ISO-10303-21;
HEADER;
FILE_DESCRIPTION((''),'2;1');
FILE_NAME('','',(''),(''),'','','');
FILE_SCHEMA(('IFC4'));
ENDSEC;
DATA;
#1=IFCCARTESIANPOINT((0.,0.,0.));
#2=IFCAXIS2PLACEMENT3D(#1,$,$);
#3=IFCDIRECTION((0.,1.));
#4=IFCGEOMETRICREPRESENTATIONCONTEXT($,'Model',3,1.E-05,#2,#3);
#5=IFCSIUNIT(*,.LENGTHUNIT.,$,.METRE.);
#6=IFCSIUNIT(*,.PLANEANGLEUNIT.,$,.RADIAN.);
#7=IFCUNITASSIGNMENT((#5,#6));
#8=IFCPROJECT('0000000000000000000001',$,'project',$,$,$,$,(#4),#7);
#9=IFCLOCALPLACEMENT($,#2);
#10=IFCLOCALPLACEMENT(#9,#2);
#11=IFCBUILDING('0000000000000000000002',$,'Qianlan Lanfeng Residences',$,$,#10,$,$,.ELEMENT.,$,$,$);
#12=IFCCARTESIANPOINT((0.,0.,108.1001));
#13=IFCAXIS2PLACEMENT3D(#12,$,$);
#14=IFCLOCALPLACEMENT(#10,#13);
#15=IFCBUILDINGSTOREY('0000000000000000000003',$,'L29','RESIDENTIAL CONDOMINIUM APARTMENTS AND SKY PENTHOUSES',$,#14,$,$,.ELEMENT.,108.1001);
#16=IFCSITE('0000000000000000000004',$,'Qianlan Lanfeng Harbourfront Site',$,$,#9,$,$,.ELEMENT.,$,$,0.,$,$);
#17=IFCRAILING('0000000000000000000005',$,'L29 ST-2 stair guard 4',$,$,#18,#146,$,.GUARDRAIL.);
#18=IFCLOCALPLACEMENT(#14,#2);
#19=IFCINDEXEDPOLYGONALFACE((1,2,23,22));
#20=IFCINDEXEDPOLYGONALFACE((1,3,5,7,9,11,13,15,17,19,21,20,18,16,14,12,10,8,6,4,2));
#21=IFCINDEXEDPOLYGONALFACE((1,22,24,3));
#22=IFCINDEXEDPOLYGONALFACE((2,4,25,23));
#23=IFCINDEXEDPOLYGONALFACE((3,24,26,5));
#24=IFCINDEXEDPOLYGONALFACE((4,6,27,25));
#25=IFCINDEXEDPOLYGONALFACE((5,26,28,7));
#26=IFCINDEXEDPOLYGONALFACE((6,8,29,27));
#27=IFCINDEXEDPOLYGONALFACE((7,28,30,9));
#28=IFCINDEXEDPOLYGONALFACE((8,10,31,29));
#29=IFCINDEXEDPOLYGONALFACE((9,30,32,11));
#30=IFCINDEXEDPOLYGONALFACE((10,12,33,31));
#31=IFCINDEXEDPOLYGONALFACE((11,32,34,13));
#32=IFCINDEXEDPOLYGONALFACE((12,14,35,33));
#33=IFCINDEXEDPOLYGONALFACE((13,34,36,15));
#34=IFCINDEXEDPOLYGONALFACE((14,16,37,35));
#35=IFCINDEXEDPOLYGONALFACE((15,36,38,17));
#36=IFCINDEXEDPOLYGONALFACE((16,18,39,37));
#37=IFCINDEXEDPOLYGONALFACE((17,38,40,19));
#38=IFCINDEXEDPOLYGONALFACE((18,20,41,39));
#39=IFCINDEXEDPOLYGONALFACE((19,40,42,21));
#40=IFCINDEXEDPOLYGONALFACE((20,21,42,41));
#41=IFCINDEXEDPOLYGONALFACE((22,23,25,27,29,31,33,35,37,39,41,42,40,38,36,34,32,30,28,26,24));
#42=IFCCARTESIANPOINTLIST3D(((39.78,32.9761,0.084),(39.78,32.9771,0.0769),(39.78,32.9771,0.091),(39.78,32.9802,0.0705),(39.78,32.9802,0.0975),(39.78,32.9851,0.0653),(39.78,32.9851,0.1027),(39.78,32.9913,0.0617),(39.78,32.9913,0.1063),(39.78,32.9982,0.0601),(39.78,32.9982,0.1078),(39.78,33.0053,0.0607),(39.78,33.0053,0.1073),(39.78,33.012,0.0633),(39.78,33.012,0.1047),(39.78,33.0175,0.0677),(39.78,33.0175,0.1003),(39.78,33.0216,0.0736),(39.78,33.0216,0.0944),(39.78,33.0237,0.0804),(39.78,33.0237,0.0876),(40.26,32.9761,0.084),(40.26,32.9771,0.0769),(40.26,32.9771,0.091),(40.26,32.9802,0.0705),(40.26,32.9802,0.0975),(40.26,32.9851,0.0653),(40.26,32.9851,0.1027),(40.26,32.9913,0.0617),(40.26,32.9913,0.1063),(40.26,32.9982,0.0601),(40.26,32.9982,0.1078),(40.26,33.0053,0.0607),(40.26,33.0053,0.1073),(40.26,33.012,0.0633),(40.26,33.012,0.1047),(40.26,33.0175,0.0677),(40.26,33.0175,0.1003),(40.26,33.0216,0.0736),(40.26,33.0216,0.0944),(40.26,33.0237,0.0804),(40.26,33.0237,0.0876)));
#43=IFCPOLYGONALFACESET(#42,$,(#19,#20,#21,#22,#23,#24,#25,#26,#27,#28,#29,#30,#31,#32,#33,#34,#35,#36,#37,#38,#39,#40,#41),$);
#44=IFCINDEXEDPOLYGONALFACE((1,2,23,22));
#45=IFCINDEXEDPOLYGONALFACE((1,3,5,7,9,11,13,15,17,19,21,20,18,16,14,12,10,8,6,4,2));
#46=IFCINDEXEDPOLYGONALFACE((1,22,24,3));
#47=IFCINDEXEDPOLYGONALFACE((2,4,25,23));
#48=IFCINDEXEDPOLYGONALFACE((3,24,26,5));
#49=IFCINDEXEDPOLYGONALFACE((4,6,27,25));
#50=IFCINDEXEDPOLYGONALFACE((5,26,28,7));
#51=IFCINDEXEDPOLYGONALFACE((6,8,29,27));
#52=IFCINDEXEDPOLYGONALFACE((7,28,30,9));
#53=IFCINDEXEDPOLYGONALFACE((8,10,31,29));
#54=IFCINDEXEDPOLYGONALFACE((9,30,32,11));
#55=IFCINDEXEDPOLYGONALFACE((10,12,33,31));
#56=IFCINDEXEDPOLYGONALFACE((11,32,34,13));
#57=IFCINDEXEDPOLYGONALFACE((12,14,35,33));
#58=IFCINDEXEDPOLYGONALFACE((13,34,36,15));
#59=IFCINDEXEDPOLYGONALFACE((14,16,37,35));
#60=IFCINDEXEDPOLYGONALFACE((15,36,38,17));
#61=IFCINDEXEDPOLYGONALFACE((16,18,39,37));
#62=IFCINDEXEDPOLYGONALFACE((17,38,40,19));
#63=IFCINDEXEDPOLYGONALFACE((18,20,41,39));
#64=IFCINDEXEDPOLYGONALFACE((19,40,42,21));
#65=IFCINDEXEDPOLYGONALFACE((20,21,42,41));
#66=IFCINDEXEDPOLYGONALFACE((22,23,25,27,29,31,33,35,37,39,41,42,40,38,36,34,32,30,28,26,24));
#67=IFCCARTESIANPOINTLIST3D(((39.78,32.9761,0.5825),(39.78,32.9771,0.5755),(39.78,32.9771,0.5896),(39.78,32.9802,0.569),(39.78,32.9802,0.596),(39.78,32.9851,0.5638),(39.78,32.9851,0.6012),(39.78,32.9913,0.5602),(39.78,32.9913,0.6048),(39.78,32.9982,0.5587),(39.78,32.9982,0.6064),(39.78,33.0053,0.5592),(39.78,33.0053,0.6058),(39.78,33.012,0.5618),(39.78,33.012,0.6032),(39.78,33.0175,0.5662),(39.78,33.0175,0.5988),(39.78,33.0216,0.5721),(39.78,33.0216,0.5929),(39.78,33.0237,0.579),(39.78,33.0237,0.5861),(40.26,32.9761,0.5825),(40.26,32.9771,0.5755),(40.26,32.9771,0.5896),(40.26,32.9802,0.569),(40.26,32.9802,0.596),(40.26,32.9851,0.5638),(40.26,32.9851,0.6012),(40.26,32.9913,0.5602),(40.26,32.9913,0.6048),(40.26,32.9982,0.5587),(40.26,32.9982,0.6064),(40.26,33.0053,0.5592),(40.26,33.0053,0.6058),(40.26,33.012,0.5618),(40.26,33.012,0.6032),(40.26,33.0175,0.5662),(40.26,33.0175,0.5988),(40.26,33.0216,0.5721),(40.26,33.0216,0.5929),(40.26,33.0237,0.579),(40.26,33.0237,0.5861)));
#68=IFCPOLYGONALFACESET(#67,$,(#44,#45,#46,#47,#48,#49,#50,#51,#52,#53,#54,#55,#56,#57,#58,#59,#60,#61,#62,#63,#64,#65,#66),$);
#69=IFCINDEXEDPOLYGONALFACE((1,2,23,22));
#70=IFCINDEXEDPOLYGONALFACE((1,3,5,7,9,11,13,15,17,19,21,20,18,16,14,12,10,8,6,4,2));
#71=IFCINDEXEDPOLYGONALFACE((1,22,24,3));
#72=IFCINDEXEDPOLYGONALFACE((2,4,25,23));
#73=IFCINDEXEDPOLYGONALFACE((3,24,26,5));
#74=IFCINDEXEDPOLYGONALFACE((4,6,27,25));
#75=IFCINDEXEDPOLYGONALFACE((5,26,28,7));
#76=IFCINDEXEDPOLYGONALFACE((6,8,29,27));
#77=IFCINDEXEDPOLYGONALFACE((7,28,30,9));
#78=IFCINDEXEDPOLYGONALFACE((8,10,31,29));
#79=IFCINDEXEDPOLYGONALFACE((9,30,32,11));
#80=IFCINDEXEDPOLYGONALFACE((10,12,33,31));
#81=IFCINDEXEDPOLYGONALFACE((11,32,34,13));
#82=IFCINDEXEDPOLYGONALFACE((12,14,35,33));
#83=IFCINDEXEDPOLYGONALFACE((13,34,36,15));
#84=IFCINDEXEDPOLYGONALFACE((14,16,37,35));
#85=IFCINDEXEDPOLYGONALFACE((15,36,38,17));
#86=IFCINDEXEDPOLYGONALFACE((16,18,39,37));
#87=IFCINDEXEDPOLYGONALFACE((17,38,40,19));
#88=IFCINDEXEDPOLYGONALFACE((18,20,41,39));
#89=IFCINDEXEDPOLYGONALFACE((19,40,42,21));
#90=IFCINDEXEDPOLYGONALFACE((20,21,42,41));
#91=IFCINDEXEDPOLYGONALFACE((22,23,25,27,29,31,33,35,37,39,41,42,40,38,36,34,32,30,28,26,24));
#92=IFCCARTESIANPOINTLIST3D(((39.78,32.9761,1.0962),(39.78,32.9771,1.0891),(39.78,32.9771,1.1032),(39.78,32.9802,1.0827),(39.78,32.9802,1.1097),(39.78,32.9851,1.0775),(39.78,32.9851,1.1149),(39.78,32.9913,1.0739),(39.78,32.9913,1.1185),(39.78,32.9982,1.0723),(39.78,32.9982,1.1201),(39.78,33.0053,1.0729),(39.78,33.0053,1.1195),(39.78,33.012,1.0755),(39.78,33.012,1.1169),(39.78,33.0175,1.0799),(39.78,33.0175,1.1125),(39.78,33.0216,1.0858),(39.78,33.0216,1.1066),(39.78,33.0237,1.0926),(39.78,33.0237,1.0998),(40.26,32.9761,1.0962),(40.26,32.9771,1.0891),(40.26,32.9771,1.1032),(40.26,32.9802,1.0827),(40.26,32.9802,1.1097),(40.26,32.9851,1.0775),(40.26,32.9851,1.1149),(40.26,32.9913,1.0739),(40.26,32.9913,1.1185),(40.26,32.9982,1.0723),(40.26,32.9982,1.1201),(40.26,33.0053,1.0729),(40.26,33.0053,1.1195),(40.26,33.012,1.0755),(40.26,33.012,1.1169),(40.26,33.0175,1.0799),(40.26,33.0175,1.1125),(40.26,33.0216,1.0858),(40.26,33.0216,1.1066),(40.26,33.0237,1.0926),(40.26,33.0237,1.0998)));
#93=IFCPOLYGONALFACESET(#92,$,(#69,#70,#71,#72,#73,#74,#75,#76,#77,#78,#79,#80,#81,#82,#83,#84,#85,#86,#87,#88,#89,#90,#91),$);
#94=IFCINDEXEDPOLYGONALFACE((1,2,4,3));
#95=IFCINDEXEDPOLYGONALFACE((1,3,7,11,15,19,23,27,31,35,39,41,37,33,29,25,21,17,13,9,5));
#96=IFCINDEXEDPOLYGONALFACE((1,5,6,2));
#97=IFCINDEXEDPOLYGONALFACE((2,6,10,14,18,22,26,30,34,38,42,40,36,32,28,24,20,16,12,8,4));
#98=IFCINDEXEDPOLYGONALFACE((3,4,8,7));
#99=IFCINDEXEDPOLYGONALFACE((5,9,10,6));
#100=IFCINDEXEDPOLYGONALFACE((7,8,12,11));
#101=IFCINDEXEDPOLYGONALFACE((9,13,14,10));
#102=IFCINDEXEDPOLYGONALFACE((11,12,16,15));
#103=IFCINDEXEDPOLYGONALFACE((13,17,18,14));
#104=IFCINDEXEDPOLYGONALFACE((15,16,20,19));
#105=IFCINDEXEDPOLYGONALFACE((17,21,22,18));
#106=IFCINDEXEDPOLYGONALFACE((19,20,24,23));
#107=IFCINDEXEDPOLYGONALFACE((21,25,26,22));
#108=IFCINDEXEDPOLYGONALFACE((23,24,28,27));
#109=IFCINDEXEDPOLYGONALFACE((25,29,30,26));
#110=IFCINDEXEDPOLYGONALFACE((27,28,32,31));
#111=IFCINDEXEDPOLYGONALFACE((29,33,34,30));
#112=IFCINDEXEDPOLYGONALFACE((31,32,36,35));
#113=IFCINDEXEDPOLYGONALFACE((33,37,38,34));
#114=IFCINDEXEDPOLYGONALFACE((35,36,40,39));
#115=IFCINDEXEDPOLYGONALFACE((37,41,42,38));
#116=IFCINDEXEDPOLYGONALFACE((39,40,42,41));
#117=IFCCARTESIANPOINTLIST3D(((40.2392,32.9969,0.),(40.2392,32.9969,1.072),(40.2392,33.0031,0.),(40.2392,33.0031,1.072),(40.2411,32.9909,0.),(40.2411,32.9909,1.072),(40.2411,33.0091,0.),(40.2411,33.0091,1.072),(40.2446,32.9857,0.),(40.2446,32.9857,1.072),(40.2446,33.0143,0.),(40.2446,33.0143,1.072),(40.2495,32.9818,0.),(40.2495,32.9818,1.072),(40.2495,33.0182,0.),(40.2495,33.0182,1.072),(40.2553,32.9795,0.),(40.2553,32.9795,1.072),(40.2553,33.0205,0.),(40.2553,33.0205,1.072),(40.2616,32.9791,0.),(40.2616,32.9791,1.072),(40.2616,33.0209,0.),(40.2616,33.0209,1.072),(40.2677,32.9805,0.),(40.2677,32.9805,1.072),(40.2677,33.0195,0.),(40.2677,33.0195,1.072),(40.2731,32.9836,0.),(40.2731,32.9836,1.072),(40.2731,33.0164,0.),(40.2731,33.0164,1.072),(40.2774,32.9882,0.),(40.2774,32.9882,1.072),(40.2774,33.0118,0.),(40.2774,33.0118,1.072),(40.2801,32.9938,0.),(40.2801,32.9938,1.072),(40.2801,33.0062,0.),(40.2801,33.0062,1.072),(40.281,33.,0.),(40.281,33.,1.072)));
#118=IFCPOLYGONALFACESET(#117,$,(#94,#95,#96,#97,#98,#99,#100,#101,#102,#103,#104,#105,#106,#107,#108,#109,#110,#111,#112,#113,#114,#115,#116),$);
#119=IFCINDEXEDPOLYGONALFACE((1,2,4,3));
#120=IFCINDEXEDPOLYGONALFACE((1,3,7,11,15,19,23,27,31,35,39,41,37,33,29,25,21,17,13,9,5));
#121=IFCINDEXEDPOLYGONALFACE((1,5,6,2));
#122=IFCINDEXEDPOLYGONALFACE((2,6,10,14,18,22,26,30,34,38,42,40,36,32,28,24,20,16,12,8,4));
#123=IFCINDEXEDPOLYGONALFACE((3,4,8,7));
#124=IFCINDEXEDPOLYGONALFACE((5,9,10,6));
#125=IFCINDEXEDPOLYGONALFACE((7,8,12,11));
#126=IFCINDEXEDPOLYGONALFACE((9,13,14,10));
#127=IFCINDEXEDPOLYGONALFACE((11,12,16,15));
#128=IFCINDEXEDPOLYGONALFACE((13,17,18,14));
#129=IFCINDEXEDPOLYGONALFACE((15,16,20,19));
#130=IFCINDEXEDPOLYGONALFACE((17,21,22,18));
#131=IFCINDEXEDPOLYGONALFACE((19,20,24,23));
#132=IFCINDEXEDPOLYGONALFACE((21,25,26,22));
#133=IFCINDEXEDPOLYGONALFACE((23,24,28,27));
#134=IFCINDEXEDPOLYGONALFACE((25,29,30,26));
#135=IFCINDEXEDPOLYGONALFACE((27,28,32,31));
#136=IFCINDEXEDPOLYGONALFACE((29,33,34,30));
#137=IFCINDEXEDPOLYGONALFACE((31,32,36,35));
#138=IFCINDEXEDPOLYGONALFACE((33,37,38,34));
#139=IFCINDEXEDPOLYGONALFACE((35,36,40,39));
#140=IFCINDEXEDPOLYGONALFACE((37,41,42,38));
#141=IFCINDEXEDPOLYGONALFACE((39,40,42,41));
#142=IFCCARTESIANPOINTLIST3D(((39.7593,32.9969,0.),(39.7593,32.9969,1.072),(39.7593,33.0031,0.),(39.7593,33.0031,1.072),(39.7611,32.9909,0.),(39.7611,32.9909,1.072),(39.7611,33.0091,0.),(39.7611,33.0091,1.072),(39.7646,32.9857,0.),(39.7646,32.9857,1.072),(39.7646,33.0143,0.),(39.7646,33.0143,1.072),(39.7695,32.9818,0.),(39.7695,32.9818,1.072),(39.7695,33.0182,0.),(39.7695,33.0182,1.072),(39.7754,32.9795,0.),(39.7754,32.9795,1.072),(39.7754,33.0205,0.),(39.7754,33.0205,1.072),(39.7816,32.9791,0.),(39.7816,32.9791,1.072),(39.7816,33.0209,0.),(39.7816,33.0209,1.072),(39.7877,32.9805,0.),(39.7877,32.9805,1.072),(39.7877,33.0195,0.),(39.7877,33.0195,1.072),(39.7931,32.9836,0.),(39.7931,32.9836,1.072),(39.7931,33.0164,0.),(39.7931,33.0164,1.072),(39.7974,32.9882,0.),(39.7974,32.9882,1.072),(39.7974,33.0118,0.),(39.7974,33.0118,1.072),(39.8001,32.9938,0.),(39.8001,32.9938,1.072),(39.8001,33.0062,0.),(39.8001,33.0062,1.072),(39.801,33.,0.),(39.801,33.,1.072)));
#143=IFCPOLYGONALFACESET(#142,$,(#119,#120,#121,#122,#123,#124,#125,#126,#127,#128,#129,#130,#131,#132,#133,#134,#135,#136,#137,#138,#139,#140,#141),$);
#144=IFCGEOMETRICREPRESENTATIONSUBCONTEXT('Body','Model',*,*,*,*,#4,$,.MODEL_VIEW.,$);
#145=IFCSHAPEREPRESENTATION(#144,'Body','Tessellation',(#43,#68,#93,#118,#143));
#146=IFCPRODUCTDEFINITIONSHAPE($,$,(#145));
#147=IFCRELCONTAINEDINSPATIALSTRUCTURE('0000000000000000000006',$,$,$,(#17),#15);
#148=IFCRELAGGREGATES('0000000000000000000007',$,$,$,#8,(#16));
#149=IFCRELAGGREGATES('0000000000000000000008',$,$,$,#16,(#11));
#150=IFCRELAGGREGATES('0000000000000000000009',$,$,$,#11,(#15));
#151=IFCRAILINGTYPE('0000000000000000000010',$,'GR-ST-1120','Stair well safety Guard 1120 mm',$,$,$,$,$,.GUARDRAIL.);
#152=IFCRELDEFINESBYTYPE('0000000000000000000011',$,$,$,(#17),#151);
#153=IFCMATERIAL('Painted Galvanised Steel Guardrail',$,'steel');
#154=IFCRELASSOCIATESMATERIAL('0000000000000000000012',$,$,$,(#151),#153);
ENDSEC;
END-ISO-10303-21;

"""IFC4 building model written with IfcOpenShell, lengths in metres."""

from ifc_helpers import new_model, si_unit, direction, frame, origin, origin_2d, place, context, subcontext, project, spatial, circle, extrude, material, type_object, element, save


model = new_model("IFC4")

# Units and contexts
model_context = context("Model", 3, precision=1e-05, world=origin(), true_north=direction((0.0, 1.0)))
body_context = subcontext(model_context, "Body", "Model", "MODEL_VIEW")
ifc_project = project(units=[si_unit("LENGTHUNIT", "METRE"), si_unit("PLANEANGLEUNIT", "RADIAN")], contexts=[model_context])

# Site, building, storey
site_placement = place(None, origin())
site = spatial("IfcSite", under=ifc_project, at=site_placement, Name="Qianlan Lanfeng Harbourfront Site", CompositionType="ELEMENT", RefElevation=0.0)
building_placement = place(site_placement, origin())
building = spatial("IfcBuilding", under=site, at=building_placement, Name="Qianlan Lanfeng Residences", CompositionType="ELEMENT")
storey_placement = place(building_placement, frame((0.0, 0.0, 108.1001)))
storey = spatial("IfcBuildingStorey", under=building, at=storey_placement, Name="L29", Description="RESIDENTIAL CONDOMINIUM APARTMENTS AND SKY PENTHOUSES", CompositionType="ELEMENT", Elevation=108.1001)

# Railing
ifc_material_1 = material(Name="Painted Galvanised Steel Guardrail", Category="steel")
railing_type_1 = type_object("IfcRailingType", Name="GR-ST-1120", Description="Stair well safety Guard 1120 mm", PredefinedType="GUARDRAIL", material=ifc_material_1)
railing_1_placement = place(storey_placement, frame((40.26, 33.0, 0.0)))
element("IfcRailing", 1, at=railing_1_placement, inside=storey, type_object=railing_type_1, Name="L29 ST-2 stair guard 4", PredefinedType="GUARDRAIL", context=body_context, shape_type="SweptSolid", body=[
    extrude(circle(Radius=0.0239, at=origin_2d()), frame((0.0, 0.0, 0.084), z_axis=(-1.0, 0.0, 0.0), x_axis=(0.0, -1.0, 0.0)), (0.0, 0.0, 1.0), 0.48),
    extrude(circle(Radius=0.0239, at=origin_2d()), frame((0.0, 0.0, 0.5825), z_axis=(-1.0, 0.0, 0.0), x_axis=(0.0, -1.0, 0.0)), (0.0, 0.0, 1.0), 0.48),
    extrude(circle(Radius=0.0239, at=origin_2d()), frame((0.0, 0.0, 1.0962), z_axis=(-1.0, 0.0, 0.0), x_axis=(0.0, -1.0, 0.0)), (0.0, 0.0, 1.0), 0.48),
    extrude(circle(Radius=0.021, at=origin_2d()), origin(), (0.0, 0.0, 1.0), 1.072),
    extrude(circle(Radius=0.021, at=origin_2d()), frame((-0.48, 0.0, 0.0)), (0.0, 0.0, 1.0), 1.072),
])

save(model, "model.ifc")
